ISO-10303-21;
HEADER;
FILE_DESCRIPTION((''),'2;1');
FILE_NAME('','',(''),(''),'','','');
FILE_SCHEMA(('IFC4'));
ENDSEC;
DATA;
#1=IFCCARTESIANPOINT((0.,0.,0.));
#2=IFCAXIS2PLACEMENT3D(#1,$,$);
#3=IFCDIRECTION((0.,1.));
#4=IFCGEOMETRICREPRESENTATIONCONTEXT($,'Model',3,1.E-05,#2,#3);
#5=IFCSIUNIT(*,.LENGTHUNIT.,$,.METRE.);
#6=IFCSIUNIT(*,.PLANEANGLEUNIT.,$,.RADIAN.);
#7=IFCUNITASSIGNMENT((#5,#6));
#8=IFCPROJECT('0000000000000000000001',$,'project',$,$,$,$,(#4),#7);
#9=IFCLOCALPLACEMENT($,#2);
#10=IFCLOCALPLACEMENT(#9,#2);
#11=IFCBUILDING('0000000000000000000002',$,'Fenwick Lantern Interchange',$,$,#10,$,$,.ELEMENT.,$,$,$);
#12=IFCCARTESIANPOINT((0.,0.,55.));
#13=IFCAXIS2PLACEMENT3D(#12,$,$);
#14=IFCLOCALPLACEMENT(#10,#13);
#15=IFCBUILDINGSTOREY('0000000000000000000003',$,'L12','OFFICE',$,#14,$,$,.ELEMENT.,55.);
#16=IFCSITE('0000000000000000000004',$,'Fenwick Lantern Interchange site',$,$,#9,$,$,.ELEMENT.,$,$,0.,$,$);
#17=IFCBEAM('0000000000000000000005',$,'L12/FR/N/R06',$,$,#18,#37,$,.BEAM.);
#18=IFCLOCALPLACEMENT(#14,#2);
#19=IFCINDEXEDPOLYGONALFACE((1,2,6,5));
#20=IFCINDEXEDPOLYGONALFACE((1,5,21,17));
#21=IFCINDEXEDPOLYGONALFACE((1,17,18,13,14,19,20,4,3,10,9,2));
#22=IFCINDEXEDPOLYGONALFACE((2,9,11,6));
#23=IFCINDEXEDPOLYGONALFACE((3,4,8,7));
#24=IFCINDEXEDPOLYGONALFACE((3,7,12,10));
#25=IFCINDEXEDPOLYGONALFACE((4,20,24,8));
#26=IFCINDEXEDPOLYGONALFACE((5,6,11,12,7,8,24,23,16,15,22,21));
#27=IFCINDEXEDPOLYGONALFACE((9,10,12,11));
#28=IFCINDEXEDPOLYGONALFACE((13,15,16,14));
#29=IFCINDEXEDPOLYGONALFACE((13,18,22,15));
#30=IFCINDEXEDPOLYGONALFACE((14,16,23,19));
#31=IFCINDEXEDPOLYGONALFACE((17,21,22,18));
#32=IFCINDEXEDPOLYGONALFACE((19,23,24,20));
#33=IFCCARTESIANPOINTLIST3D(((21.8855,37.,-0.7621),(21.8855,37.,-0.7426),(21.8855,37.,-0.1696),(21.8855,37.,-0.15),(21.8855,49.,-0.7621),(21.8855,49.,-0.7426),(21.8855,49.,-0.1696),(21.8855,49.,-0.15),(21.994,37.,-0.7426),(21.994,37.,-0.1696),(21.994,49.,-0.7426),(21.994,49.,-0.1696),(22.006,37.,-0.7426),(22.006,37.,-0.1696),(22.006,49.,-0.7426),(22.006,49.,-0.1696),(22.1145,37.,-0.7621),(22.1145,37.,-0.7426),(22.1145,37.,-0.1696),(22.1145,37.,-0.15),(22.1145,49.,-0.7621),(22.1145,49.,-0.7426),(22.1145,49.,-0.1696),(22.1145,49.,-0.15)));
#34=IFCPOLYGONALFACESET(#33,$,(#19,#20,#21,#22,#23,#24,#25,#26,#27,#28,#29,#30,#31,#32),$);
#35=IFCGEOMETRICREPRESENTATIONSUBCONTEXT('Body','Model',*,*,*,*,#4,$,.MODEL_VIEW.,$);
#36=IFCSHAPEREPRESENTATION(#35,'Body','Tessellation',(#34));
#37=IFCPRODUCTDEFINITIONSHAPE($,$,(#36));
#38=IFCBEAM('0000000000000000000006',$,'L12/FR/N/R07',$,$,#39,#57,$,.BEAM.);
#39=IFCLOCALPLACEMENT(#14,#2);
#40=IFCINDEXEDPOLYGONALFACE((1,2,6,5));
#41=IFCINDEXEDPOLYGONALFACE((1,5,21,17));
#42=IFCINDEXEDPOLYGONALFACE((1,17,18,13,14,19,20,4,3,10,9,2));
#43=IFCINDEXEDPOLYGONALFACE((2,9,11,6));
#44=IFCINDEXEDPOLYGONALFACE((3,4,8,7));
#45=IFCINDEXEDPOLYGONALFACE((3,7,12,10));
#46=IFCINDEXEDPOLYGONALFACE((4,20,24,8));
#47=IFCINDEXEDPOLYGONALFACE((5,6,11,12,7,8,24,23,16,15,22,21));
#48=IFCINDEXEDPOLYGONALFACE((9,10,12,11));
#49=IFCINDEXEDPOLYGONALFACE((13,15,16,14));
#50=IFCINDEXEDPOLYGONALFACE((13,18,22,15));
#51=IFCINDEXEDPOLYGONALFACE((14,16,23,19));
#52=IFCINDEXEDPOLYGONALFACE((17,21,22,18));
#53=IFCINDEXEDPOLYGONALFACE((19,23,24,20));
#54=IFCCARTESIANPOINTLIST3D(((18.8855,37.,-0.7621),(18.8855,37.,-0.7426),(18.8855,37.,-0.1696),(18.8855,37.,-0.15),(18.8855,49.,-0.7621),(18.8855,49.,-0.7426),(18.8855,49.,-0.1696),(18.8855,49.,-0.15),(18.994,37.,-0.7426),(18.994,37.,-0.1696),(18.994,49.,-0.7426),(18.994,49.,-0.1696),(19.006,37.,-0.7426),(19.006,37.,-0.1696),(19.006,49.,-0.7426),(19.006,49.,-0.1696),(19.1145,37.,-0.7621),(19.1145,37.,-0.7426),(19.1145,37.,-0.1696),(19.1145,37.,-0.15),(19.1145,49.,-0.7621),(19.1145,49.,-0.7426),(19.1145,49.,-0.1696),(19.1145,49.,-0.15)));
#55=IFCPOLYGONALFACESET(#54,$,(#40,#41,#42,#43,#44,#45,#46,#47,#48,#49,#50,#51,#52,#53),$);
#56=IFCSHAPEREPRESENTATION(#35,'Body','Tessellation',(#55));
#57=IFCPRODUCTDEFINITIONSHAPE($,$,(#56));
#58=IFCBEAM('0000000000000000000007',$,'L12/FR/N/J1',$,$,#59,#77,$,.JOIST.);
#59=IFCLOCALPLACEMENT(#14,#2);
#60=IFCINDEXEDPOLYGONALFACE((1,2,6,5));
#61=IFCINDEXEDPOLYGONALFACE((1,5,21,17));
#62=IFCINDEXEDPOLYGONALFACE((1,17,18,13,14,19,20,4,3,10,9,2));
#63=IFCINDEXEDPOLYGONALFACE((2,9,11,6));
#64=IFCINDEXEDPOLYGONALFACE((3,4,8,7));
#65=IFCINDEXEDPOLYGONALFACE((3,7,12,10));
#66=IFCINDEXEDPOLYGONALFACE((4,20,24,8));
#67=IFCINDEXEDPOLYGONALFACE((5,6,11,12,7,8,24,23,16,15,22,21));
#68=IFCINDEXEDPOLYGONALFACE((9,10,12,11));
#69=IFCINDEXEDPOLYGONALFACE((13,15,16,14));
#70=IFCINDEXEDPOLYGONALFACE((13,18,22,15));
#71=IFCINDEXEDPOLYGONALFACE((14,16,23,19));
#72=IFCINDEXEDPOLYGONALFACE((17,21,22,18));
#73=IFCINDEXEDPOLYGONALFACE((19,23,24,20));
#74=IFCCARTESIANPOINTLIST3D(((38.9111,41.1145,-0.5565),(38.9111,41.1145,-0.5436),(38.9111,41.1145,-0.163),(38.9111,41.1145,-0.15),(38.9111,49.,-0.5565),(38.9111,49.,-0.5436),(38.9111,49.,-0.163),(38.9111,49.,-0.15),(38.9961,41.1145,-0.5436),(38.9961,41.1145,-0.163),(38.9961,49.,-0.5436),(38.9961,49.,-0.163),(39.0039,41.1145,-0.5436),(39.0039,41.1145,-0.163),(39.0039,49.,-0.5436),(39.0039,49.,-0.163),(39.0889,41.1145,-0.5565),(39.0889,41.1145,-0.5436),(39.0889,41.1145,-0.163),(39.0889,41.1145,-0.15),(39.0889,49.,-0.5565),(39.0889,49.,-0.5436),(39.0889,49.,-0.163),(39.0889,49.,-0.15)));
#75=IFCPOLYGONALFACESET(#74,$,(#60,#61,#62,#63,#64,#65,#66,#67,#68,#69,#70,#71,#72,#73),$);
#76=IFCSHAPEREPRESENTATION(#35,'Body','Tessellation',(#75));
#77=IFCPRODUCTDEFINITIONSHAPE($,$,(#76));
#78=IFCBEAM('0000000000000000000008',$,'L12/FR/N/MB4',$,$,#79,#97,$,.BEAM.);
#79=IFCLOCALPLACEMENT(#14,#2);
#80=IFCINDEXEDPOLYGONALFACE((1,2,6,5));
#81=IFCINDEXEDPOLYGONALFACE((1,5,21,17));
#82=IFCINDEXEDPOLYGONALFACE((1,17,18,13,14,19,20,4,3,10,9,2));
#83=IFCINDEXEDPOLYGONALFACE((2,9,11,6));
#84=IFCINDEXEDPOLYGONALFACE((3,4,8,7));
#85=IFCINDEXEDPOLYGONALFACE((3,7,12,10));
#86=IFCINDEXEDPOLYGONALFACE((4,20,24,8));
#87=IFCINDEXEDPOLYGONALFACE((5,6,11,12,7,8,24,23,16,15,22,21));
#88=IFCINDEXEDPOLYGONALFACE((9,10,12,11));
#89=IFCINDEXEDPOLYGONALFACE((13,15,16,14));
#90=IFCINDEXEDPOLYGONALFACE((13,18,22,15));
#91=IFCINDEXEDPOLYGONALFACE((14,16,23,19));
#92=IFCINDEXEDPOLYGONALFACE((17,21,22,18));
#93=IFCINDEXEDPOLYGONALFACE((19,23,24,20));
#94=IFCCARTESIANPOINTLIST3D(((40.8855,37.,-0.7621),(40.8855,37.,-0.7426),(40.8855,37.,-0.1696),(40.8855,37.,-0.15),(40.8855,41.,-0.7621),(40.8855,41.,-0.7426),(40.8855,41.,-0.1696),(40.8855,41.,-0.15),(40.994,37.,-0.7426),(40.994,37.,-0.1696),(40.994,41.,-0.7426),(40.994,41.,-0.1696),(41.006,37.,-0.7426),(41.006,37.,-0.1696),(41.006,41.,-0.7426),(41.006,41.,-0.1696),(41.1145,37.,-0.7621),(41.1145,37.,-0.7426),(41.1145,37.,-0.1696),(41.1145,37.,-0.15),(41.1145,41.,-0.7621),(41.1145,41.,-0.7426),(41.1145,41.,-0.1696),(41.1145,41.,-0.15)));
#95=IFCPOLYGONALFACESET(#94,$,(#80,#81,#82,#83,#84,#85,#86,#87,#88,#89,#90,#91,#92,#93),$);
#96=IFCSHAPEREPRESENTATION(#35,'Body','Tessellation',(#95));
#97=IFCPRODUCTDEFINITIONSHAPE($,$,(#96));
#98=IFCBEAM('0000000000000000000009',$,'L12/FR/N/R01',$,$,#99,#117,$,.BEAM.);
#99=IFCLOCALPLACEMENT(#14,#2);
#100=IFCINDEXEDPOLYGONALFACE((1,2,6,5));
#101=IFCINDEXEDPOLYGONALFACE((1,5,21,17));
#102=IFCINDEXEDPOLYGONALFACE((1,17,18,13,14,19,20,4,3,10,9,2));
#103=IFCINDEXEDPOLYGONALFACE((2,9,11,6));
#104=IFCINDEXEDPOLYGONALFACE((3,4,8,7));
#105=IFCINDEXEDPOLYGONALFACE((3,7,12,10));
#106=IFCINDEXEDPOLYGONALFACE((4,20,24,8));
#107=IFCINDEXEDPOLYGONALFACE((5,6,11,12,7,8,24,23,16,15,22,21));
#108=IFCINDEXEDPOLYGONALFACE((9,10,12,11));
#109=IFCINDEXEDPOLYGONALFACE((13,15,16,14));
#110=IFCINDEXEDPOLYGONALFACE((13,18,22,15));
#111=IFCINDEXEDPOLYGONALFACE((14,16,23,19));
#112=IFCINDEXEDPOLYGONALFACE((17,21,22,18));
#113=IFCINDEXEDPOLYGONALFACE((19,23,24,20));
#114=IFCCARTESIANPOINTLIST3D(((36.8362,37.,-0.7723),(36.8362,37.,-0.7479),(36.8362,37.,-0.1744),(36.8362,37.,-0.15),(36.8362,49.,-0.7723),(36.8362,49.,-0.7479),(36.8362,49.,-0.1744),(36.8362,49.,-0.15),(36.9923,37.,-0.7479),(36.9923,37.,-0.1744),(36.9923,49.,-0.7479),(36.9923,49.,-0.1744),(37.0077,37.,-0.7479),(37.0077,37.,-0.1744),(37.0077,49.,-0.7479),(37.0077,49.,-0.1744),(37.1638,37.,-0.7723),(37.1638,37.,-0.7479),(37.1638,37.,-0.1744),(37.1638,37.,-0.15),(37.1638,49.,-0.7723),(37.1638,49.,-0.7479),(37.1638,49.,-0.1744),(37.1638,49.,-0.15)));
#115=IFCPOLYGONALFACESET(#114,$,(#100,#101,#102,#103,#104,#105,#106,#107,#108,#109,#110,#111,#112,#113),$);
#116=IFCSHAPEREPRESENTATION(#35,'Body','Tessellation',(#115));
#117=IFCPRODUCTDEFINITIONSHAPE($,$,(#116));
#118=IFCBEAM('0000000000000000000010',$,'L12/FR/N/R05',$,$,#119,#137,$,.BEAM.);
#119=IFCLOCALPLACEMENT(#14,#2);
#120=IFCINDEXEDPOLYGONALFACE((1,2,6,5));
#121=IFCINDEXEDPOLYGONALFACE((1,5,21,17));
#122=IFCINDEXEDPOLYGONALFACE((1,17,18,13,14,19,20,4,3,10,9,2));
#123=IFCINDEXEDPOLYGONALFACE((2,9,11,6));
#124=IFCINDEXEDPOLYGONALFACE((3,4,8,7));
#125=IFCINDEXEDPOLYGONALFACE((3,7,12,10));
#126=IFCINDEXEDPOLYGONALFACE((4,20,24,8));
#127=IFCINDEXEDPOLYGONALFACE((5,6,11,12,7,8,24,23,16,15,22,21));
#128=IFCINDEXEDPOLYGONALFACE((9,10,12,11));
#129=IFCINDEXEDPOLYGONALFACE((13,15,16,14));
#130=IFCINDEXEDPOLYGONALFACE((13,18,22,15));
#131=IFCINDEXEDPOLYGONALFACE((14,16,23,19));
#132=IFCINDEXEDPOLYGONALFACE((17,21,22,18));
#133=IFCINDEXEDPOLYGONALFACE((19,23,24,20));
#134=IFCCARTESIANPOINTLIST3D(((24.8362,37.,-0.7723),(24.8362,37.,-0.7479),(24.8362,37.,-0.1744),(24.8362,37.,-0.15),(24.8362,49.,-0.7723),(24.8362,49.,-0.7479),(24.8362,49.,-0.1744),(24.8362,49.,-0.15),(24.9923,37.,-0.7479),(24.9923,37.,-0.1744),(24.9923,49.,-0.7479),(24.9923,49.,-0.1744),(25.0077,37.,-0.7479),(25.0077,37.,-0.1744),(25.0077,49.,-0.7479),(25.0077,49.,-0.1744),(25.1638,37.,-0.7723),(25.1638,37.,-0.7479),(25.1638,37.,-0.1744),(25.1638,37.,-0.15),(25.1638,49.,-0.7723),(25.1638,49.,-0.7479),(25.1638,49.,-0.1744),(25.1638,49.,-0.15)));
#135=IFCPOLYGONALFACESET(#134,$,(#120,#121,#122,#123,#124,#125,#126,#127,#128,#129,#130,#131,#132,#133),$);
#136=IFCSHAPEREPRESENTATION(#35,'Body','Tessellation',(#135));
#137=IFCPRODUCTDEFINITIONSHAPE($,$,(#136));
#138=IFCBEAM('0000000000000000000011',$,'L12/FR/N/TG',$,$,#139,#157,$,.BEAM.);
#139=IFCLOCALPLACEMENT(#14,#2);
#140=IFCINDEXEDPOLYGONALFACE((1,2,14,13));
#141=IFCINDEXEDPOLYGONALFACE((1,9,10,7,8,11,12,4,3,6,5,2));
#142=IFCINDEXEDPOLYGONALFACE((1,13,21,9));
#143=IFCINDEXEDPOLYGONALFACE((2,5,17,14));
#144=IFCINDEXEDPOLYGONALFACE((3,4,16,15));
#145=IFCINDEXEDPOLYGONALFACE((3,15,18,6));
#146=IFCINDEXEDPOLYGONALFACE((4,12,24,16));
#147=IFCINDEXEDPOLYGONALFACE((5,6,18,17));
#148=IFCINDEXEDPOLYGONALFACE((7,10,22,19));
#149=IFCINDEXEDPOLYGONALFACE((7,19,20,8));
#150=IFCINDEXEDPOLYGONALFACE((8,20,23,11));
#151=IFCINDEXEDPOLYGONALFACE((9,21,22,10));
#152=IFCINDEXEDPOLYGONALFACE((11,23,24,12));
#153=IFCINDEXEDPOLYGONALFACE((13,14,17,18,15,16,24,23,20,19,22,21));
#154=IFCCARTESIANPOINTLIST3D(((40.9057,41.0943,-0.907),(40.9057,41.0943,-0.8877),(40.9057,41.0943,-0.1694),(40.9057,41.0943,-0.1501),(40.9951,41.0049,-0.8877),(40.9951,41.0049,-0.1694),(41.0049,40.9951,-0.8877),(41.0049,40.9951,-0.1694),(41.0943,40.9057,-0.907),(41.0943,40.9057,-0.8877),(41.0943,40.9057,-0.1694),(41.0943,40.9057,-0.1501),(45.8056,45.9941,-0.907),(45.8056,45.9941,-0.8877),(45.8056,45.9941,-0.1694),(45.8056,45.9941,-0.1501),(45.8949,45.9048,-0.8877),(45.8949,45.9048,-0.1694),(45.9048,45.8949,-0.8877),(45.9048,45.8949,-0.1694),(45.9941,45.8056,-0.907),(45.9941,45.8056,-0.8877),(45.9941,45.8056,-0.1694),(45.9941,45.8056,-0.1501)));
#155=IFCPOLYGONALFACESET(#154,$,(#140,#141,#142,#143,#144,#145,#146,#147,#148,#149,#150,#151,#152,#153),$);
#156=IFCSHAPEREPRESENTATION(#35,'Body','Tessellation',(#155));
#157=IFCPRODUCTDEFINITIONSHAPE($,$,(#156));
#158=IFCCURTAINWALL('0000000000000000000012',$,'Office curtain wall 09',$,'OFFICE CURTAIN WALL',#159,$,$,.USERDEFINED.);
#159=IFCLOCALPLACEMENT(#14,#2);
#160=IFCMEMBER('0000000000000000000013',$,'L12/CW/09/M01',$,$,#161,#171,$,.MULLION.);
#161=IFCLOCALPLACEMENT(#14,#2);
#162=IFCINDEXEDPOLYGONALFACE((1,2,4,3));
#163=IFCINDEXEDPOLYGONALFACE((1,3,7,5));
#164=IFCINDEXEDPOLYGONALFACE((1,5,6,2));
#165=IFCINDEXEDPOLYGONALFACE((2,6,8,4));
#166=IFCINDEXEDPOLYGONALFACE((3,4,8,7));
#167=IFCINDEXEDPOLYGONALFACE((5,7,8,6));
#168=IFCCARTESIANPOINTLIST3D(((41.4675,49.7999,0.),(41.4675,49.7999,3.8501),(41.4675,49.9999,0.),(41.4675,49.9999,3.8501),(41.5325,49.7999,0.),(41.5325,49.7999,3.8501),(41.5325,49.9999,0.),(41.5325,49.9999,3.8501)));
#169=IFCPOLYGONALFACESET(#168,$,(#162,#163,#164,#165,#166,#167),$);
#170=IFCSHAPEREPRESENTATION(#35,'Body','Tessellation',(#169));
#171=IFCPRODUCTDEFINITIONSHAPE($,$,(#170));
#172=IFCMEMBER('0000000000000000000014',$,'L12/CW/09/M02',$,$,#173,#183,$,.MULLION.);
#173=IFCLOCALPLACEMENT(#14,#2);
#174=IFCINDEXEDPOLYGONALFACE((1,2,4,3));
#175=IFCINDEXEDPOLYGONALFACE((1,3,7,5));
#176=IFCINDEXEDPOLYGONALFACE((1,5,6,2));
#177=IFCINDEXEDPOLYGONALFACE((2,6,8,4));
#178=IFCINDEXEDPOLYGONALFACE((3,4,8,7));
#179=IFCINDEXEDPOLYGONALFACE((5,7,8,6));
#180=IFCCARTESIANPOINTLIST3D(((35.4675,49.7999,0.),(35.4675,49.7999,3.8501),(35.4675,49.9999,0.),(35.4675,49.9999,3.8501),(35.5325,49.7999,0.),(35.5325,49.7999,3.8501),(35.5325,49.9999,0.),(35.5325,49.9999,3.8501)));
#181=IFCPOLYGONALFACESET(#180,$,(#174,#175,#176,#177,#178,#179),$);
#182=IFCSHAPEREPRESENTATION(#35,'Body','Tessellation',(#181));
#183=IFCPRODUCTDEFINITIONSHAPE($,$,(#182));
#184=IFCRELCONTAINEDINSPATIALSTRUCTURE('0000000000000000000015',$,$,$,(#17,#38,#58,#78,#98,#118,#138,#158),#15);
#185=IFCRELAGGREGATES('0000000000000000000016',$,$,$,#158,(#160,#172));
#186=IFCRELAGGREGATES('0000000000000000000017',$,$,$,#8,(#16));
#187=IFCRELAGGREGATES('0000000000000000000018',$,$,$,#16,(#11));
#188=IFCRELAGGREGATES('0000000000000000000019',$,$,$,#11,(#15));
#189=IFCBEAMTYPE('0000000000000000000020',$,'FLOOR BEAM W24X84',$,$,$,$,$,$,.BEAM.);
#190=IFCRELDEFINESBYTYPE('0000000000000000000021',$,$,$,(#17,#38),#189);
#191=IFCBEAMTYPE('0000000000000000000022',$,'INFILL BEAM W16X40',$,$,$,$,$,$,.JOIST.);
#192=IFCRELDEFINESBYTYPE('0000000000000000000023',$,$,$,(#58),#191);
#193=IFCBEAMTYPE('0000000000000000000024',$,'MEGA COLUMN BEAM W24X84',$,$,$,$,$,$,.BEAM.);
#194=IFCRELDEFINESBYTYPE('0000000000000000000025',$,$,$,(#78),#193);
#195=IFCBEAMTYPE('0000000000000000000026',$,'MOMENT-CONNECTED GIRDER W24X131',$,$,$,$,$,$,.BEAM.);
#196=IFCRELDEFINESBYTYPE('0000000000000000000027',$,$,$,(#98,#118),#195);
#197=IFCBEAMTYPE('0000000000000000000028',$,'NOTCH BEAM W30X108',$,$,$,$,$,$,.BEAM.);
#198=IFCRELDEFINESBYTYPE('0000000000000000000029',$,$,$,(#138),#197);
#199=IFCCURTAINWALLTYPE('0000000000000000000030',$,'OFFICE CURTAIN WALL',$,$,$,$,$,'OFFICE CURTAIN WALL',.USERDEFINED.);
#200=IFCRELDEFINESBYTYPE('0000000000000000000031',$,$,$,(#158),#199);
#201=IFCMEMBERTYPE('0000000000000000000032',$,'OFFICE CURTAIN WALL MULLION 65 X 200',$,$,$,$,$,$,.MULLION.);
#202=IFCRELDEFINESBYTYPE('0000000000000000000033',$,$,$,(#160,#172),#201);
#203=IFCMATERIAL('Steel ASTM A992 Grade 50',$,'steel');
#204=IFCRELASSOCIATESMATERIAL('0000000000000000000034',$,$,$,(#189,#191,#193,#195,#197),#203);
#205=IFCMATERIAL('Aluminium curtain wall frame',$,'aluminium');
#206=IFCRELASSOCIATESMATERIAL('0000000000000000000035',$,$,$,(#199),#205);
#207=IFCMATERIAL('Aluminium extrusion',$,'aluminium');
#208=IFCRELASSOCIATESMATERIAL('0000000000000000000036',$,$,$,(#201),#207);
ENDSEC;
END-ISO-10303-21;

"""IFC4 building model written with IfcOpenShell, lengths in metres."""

from ifc_helpers import new_model, si_unit, direction, frame, origin, origin_2d, place, context, subcontext, project, spatial, rectangle, i_section, extrude, material, material_profile, profile_set, type_object, element, aggregate, save


model = new_model("IFC4")

# Units and contexts
model_context = context("Model", 3, precision=1e-05, world=origin(), true_north=direction((0.0, 1.0)))
body_context = subcontext(model_context, "Body", "Model", "MODEL_VIEW")
ifc_project = project(units=[si_unit("LENGTHUNIT", "METRE"), si_unit("PLANEANGLEUNIT", "RADIAN")], contexts=[model_context])

# Site, building, storey
site_placement = place(None, origin())
site = spatial("IfcSite", under=ifc_project, at=site_placement, Name="Fenwick Lantern Interchange site", CompositionType="ELEMENT", RefElevation=0.0)
building_placement = place(site_placement, origin())
building = spatial("IfcBuilding", under=site, at=building_placement, Name="Fenwick Lantern Interchange", CompositionType="ELEMENT")
storey_placement = place(building_placement, frame((0.0, 0.0, 55.0)))
storey = spatial("IfcBuildingStorey", under=building, at=storey_placement, Name="L12", Description="OFFICE", CompositionType="ELEMENT", Elevation=55.0)

# Shared definitions
ifc_material_1 = material(Name="Steel ASTM A992 Grade 50", Category="steel")

# Beams
ifc_material_profile_1 = material_profile(ifc_material_1, i_section(OverallWidth=0.229, OverallDepth=0.6121, WebThickness=0.012, FlangeThickness=0.0195, at=origin_2d()), Name="W24X84")
ifc_profile_set_1 = profile_set([ifc_material_profile_1], Name="Steel ASTM A992 Grade 50")
beam_type_1 = type_object("IfcBeamType", Name="FLOOR BEAM W24X84", PredefinedType="BEAM", material=ifc_profile_set_1)
for number, where, z_axis, x_axis, name in (
    (1, (22.0, 49.0, -0.4561), (0.0, -1.0, 0.0), (1.0, 0.0, 0.0), "L12/FR/N/R06"),
    (2, (19.0, 49.0, -0.4561), (0.0, -1.0, 0.0), (1.0, 0.0, 0.0), "L12/FR/N/R07"),
):
    element("IfcBeam", number, at=place(storey_placement, frame(where, z_axis=z_axis, x_axis=x_axis)), inside=storey, type_object=beam_type_1, Name=name, PredefinedType="BEAM", context=body_context, shape_type="SweptSolid", body=[
        extrude(i_section(OverallWidth=0.229, OverallDepth=0.6121, WebThickness=0.012, FlangeThickness=0.0195, at=origin_2d()), origin(), (0.0, 0.0, 1.0), 12.0),
    ])
ifc_material_profile_2 = material_profile(ifc_material_1, i_section(OverallWidth=0.1777, OverallDepth=0.4065, WebThickness=0.0078, FlangeThickness=0.0129, at=origin_2d()), Name="W16X40")
ifc_profile_set_2 = profile_set([ifc_material_profile_2], Name="Steel ASTM A992 Grade 50")
beam_type_2 = type_object("IfcBeamType", Name="INFILL BEAM W16X40", PredefinedType="JOIST", material=ifc_profile_set_2)
beam_1_placement = place(storey_placement, frame((39.0, 49.0, -0.3533), z_axis=(0.0, -1.0, 0.0), x_axis=(1.0, 0.0, 0.0)))
element("IfcBeam", 3, at=beam_1_placement, inside=storey, type_object=beam_type_2, Name="L12/FR/N/J1", PredefinedType="JOIST", context=body_context, shape_type="SweptSolid", body=[
    extrude(i_section(OverallWidth=0.1777, OverallDepth=0.4065, WebThickness=0.0078, FlangeThickness=0.0129, at=origin_2d()), origin(), (0.0, 0.0, 1.0), 7.8855),
])
ifc_material_profile_3 = material_profile(ifc_material_1, i_section(OverallWidth=0.229, OverallDepth=0.6121, WebThickness=0.012, FlangeThickness=0.0195, at=origin_2d()), Name="W24X84")
ifc_profile_set_3 = profile_set([ifc_material_profile_3], Name="Steel ASTM A992 Grade 50")
beam_type_3 = type_object("IfcBeamType", Name="MEGA COLUMN BEAM W24X84", PredefinedType="BEAM", material=ifc_profile_set_3)
beam_2_placement = place(storey_placement, frame((41.0, 41.0, -0.4561), z_axis=(0.0, -1.0, 0.0), x_axis=(1.0, 0.0, 0.0)))
element("IfcBeam", 4, at=beam_2_placement, inside=storey, type_object=beam_type_3, Name="L12/FR/N/MB4", PredefinedType="BEAM", context=body_context, shape_type="SweptSolid", body=[
    extrude(i_section(OverallWidth=0.229, OverallDepth=0.6121, WebThickness=0.012, FlangeThickness=0.0195, at=origin_2d()), origin(), (0.0, 0.0, 1.0), 4.0),
])
ifc_material_profile_4 = material_profile(ifc_material_1, i_section(OverallWidth=0.3276, OverallDepth=0.6223, WebThickness=0.0154, FlangeThickness=0.0244, at=origin_2d()), Name="W24X131")
ifc_profile_set_4 = profile_set([ifc_material_profile_4], Name="Steel ASTM A992 Grade 50")
beam_type_4 = type_object("IfcBeamType", Name="MOMENT-CONNECTED GIRDER W24X131", PredefinedType="BEAM", material=ifc_profile_set_4)
for number, where, z_axis, x_axis, name in (
    (5, (37.0, 49.0, -0.4612), (0.0, -1.0, 0.0), (1.0, 0.0, 0.0), "L12/FR/N/R01"),
    (6, (25.0, 49.0, -0.4612), (0.0, -1.0, 0.0), (1.0, 0.0, 0.0), "L12/FR/N/R05"),
):
    element("IfcBeam", number, at=place(storey_placement, frame(where, z_axis=z_axis, x_axis=x_axis)), inside=storey, type_object=beam_type_4, Name=name, PredefinedType="BEAM", context=body_context, shape_type="SweptSolid", body=[
        extrude(i_section(OverallWidth=0.3276, OverallDepth=0.6223, WebThickness=0.0154, FlangeThickness=0.0244, at=origin_2d()), origin(), (0.0, 0.0, 1.0), 12.0),
    ])
ifc_material_profile_5 = material_profile(ifc_material_1, i_section(OverallWidth=0.2666, OverallDepth=0.7568, WebThickness=0.0139, FlangeThickness=0.0193, at=origin_2d()), Name="W30X108")
ifc_profile_set_5 = profile_set([ifc_material_profile_5], Name="Steel ASTM A992 Grade 50")
beam_type_5 = type_object("IfcBeamType", Name="NOTCH BEAM W30X108", PredefinedType="BEAM", material=ifc_profile_set_5)
beam_3_placement = place(storey_placement, frame((41.0, 41.0, -0.5286), z_axis=(0.707107, 0.707107, 0.0), x_axis=(-0.707107, 0.707107, 0.0)))
element("IfcBeam", 7, at=beam_3_placement, inside=storey, type_object=beam_type_5, Name="L12/FR/N/TG", PredefinedType="BEAM", context=body_context, shape_type="SweptSolid", body=[
    extrude(i_section(OverallWidth=0.2666, OverallDepth=0.7568, WebThickness=0.0139, FlangeThickness=0.0193, at=origin_2d()), origin(), (0.0, 0.0, 1.0), 6.9294),
])

# Curtain wall, members
ifc_material_2 = material(Name="Aluminium curtain wall frame", Category="aluminium")
curtain_wall_type = type_object("IfcCurtainWallType", Name="OFFICE CURTAIN WALL", ElementType="OFFICE CURTAIN WALL", PredefinedType="USERDEFINED", material=ifc_material_2)
curtain_wall_placement = place(storey_placement, origin())
curtain_wall = element("IfcCurtainWall", 8, at=curtain_wall_placement, inside=storey, type_object=curtain_wall_type, Name="Office curtain wall 09", ObjectType="OFFICE CURTAIN WALL", PredefinedType="USERDEFINED")
ifc_material_3 = material(Name="Aluminium extrusion", Category="aluminium")
ifc_material_profile_6 = material_profile(ifc_material_3, rectangle(XDim=0.2, YDim=0.0649, at=origin_2d()), Name="OFFICE CURTAIN WALL MULLION 65 X 200")
ifc_profile_set_6 = profile_set([ifc_material_profile_6], Name="Aluminium extrusion")
member_type_1 = type_object("IfcMemberType", Name="OFFICE CURTAIN WALL MULLION 65 X 200", PredefinedType="MULLION", material=ifc_profile_set_6)
member_1_placement = place(storey_placement, frame((41.5, 49.8999, 0.0), z_axis=(0.0, 0.0, 1.0), x_axis=(0.0, -1.0, 0.0)))
member_1 = element("IfcMember", 9, at=member_1_placement, type_object=member_type_1, Name="L12/CW/09/M01", PredefinedType="MULLION", context=body_context, shape_type="SweptSolid", body=[
    extrude(rectangle(XDim=0.2, YDim=0.0649, at=origin_2d()), origin(), (0.0, 0.0, 1.0), 3.8501),
])
member_2_placement = place(storey_placement, frame((35.5, 49.8999, 0.0), z_axis=(0.0, 0.0, 1.0), x_axis=(0.0, -1.0, 0.0)))
member_2 = element("IfcMember", 10, at=member_2_placement, type_object=member_type_1, Name="L12/CW/09/M02", PredefinedType="MULLION", context=body_context, shape_type="SweptSolid", body=[
    extrude(rectangle(XDim=0.2, YDim=0.0649, at=origin_2d()), origin(), (0.0, 0.0, 1.0), 3.8501),
])
aggregate(curtain_wall, [member_1, member_2])

save(model, "model.ifc")
